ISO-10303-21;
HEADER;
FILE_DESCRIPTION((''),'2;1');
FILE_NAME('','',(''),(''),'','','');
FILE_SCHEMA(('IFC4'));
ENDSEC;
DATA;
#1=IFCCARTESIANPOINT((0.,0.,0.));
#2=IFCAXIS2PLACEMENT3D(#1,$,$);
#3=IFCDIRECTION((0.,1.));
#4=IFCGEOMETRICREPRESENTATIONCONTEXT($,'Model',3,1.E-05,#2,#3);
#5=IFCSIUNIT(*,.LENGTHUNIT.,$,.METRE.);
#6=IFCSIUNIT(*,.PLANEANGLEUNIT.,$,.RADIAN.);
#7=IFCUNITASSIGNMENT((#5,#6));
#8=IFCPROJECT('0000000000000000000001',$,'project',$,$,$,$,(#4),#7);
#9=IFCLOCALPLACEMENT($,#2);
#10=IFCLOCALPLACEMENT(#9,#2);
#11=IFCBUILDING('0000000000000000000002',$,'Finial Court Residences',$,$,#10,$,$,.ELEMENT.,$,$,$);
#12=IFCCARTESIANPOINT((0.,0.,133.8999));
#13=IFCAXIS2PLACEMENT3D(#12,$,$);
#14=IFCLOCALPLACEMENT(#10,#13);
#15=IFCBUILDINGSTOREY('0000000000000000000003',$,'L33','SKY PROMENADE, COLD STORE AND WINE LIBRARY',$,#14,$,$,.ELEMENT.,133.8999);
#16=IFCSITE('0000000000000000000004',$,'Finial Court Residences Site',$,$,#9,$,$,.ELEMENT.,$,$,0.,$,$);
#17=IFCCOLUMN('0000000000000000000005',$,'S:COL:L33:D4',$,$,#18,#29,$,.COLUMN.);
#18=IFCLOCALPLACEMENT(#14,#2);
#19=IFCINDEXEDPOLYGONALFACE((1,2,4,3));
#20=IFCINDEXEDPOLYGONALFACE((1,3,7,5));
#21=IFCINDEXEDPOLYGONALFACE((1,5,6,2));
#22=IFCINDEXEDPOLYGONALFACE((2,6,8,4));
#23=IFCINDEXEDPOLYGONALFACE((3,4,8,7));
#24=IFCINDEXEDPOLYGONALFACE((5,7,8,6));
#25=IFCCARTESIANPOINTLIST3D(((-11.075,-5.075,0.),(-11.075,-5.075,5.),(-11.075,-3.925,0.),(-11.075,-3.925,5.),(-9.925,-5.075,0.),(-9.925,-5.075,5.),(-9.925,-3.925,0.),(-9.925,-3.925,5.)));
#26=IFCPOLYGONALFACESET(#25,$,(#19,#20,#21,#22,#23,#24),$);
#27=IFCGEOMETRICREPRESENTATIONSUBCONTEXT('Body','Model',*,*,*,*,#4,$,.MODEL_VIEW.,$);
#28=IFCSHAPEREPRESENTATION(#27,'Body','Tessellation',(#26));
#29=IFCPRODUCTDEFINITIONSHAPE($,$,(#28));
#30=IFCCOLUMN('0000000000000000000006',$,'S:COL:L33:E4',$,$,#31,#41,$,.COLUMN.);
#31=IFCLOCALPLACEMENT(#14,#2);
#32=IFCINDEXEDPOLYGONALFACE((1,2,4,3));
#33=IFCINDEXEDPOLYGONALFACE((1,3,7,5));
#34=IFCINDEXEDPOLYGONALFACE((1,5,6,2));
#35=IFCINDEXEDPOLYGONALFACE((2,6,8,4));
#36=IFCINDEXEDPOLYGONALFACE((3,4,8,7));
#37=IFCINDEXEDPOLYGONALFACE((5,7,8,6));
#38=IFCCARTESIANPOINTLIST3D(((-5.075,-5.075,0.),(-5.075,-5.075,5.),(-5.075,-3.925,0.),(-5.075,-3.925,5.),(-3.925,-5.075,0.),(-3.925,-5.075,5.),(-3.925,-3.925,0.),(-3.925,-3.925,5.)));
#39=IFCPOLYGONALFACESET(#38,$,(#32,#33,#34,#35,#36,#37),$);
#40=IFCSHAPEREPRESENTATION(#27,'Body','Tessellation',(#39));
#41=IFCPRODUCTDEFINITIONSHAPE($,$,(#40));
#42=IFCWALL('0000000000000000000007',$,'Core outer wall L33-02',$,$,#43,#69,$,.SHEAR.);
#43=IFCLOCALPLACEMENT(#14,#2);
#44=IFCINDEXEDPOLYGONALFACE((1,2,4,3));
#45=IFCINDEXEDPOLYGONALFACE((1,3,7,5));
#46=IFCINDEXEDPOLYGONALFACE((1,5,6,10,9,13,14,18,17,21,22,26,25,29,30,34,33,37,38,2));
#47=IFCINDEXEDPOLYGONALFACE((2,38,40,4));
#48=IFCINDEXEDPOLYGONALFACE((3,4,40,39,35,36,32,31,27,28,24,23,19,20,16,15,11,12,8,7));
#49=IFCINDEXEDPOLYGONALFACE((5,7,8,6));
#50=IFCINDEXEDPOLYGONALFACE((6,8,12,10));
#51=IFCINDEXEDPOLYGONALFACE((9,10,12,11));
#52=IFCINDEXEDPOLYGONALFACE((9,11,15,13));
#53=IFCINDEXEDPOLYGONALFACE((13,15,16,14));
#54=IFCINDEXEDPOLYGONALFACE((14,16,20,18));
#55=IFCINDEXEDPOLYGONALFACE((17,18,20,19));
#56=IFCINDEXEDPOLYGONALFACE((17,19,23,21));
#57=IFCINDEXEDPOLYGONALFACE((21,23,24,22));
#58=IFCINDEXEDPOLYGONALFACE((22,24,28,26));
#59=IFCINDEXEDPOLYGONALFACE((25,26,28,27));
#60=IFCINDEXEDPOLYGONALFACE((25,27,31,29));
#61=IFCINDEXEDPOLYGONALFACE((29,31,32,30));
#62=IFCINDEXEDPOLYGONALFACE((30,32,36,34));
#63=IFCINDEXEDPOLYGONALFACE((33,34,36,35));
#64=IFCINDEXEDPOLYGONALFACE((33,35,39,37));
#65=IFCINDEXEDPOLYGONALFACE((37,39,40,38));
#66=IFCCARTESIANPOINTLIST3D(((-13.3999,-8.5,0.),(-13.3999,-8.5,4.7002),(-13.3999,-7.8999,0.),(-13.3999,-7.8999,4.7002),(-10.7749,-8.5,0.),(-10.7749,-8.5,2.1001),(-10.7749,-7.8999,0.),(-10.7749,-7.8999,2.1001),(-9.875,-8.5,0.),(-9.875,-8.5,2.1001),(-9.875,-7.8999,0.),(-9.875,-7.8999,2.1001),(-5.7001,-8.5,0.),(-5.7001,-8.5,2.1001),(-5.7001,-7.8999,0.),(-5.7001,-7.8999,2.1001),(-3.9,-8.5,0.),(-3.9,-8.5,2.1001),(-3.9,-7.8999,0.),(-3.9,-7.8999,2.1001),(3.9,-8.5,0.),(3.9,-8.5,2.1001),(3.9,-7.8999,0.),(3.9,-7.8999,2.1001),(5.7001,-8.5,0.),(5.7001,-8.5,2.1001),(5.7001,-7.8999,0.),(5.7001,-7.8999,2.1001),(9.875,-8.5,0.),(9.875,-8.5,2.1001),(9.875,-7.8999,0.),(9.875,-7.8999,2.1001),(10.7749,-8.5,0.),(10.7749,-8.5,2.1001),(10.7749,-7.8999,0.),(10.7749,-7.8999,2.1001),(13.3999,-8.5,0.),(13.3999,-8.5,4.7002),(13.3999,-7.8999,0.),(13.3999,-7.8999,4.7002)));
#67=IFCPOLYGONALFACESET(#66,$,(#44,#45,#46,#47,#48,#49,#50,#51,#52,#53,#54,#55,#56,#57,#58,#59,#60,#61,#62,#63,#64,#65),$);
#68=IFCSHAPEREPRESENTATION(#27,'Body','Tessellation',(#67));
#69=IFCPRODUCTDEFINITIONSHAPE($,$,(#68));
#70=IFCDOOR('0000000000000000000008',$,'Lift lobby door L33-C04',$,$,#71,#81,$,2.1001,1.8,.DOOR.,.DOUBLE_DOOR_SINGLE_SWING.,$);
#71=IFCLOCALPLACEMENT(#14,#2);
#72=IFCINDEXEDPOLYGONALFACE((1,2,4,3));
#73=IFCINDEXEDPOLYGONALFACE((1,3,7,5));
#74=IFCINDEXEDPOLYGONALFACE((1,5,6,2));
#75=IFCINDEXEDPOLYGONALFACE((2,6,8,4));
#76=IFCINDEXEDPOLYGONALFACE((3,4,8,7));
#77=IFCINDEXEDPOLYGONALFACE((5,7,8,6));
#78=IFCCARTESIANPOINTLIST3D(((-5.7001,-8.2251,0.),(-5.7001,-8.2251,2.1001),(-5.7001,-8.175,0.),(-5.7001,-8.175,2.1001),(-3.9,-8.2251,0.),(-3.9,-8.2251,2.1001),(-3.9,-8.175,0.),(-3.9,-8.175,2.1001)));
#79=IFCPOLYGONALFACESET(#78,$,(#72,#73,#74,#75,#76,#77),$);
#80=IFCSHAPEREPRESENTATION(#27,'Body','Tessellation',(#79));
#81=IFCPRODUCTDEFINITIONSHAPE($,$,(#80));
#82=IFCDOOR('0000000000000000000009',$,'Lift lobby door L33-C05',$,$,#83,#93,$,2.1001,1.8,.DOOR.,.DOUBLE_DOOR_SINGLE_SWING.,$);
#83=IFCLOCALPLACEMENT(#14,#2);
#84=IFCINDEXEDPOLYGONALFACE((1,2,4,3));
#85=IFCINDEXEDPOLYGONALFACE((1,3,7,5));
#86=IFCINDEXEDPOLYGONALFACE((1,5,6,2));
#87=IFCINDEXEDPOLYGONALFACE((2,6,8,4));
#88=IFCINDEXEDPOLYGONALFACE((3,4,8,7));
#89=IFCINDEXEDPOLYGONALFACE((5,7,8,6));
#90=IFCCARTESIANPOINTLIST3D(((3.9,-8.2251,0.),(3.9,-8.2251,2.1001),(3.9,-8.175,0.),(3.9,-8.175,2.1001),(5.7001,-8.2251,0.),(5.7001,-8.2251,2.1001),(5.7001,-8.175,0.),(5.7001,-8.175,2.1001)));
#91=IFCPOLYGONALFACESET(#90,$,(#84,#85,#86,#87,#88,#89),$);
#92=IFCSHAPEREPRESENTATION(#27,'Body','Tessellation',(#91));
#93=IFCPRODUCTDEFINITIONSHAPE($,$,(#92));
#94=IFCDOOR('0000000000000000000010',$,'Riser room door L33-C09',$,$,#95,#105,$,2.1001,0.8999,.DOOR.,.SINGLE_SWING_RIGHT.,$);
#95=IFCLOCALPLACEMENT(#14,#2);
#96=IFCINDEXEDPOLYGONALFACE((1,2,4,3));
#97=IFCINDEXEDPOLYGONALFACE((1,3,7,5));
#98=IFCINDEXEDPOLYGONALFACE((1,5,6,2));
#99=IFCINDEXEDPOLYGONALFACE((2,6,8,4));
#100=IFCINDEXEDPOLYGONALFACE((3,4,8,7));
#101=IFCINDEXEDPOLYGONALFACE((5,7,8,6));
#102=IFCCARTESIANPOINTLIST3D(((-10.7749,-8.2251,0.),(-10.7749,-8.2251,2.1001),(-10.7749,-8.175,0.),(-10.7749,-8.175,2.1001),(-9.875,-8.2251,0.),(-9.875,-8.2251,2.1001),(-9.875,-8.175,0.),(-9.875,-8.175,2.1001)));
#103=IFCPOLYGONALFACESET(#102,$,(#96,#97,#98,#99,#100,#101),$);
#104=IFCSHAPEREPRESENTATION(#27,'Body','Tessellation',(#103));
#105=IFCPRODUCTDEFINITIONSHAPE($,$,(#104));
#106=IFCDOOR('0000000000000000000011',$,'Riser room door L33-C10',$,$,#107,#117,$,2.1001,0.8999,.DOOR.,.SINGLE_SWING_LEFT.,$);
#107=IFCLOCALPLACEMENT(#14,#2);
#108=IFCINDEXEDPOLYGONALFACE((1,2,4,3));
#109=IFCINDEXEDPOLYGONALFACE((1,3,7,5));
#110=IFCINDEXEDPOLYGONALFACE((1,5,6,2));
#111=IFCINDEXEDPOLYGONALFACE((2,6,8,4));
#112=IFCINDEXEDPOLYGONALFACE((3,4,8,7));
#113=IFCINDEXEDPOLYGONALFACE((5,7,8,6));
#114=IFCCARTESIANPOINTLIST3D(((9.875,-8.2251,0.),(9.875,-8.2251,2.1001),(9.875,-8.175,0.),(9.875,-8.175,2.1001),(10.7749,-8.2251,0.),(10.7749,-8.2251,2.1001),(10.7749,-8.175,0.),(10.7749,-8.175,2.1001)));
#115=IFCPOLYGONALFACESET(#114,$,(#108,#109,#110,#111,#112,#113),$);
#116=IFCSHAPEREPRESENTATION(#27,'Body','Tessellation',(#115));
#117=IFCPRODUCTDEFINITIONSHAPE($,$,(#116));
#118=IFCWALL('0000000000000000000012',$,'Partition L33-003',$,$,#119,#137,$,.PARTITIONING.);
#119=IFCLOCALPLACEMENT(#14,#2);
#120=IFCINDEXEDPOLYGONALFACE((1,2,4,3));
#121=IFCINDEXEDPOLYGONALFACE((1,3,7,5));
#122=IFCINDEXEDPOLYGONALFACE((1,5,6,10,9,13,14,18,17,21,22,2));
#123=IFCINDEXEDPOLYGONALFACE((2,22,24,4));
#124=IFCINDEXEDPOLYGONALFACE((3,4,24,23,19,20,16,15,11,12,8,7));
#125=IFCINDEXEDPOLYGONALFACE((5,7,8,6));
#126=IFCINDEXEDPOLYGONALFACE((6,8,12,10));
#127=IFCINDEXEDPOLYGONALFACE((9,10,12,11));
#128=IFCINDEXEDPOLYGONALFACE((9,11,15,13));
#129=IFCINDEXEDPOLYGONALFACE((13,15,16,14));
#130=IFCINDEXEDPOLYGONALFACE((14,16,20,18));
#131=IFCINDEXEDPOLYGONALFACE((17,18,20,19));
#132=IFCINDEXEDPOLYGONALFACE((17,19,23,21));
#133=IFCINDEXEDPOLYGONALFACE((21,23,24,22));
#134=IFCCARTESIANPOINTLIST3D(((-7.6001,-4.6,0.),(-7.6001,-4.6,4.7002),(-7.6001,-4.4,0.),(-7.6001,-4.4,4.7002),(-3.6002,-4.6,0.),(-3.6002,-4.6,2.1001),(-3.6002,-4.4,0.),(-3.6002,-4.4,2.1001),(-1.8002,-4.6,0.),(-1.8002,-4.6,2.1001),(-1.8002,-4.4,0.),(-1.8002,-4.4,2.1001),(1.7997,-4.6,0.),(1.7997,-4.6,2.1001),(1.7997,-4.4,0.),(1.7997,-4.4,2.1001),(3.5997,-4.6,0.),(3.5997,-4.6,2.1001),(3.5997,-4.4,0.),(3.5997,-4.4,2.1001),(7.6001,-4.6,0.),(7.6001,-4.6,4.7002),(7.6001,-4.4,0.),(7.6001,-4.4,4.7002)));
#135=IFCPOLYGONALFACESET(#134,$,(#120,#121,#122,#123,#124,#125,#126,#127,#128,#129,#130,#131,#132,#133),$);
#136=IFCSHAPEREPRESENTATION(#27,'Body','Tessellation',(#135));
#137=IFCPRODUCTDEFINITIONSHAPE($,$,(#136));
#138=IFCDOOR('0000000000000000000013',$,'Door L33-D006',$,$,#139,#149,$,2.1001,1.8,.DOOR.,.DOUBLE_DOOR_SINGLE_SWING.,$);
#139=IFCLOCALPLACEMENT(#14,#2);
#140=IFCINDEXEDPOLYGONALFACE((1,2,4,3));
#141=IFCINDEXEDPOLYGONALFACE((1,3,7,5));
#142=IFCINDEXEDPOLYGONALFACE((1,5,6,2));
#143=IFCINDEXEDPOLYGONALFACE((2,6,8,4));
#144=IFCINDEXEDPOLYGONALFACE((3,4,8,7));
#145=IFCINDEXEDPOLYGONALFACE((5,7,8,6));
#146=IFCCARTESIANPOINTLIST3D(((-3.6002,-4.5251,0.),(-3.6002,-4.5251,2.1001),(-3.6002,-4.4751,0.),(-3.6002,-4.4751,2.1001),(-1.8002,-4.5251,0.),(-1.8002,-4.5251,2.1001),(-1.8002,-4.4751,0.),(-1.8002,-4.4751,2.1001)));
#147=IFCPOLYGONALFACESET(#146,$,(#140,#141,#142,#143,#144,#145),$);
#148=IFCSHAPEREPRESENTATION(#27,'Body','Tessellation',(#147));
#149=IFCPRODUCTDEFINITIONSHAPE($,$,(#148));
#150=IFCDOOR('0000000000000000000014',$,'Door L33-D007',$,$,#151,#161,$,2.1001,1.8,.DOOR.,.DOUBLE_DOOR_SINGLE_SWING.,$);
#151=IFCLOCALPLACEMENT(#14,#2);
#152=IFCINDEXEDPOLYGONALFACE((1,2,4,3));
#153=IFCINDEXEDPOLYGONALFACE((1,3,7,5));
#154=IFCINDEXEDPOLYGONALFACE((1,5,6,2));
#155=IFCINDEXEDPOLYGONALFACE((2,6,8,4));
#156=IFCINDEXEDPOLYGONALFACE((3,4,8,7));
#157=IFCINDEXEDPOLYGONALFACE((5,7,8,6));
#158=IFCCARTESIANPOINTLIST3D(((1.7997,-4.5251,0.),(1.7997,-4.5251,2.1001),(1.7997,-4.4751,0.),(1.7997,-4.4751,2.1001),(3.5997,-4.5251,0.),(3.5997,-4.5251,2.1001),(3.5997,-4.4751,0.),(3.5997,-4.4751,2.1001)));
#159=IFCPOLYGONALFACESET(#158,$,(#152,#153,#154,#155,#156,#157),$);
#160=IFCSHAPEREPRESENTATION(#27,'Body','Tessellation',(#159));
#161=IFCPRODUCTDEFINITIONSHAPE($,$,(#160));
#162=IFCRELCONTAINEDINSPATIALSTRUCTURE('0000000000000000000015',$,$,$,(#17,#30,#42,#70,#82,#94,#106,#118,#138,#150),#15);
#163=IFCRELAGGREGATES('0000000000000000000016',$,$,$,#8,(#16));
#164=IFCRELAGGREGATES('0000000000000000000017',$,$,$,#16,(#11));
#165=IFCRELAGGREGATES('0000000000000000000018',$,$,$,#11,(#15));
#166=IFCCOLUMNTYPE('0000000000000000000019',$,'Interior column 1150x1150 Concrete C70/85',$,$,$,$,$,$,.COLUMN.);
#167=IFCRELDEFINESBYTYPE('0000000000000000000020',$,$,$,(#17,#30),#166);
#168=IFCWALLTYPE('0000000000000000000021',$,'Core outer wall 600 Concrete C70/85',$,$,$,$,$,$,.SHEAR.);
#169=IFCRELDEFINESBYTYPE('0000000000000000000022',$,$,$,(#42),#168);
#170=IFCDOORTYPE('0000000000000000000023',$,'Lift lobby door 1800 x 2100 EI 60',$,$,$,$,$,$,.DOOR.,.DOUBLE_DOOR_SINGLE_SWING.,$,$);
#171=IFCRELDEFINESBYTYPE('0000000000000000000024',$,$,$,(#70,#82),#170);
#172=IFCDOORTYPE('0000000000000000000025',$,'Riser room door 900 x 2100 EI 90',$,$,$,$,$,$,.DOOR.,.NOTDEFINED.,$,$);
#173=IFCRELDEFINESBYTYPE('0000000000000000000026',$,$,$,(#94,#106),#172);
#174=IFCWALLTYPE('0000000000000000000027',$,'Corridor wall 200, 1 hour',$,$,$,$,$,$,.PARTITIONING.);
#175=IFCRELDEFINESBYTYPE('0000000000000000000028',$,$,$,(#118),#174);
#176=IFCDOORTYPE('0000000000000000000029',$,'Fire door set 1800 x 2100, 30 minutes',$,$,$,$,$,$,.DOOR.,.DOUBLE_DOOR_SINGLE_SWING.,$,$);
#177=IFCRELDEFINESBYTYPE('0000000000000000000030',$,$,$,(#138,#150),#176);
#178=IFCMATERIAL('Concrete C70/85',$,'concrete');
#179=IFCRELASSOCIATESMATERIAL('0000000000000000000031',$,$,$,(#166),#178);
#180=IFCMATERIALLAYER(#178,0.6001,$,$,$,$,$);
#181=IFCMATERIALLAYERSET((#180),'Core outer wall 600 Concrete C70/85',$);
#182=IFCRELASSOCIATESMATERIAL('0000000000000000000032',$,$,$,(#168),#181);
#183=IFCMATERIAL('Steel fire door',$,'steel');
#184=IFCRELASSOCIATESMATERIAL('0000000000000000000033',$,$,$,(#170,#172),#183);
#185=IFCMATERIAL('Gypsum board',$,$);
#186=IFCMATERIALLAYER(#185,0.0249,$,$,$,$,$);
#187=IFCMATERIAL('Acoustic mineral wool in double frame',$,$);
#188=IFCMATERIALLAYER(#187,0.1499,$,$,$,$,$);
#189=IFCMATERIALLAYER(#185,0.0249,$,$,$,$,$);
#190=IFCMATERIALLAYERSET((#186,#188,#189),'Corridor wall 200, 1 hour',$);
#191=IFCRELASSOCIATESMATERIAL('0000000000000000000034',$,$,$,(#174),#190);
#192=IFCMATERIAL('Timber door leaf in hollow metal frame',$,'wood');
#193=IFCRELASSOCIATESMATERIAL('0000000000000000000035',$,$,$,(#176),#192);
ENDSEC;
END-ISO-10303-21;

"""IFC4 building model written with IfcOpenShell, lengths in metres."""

from ifc_helpers import new_model, si_unit, direction, frame, frame_2d, origin, origin_2d, place, context, subcontext, project, spatial, rectangle, extrude, material, layer, layer_set, material_profile, profile_set, type_object, element, fill, save


model = new_model("IFC4")

# Units and contexts
model_context = context("Model", 3, precision=1e-05, world=origin(), true_north=direction((0.0, 1.0)))
body_context = subcontext(model_context, "Body", "Model", "MODEL_VIEW")
ifc_project = project(units=[si_unit("LENGTHUNIT", "METRE"), si_unit("PLANEANGLEUNIT", "RADIAN")], contexts=[model_context])

# Site, building, storey
site_placement = place(None, origin())
site = spatial("IfcSite", under=ifc_project, at=site_placement, Name="Finial Court Residences Site", CompositionType="ELEMENT", RefElevation=0.0)
building_placement = place(site_placement, origin())
building = spatial("IfcBuilding", under=site, at=building_placement, Name="Finial Court Residences", CompositionType="ELEMENT")
storey_placement = place(building_placement, frame((0.0, 0.0, 133.8999)))
storey = spatial("IfcBuildingStorey", under=building, at=storey_placement, Name="L33", Description="SKY PROMENADE, COLD STORE AND WINE LIBRARY", CompositionType="ELEMENT", Elevation=133.8999)

# Columns
ifc_material_1 = material(Name="Concrete C70/85", Category="concrete")
ifc_material_profile = material_profile(ifc_material_1, rectangle(XDim=1.1499, YDim=1.1499, at=origin_2d()), Name="1150x1150")
ifc_profile_set = profile_set([ifc_material_profile], Name="Concrete C70/85")
column_type = type_object("IfcColumnType", Name="Interior column 1150x1150 Concrete C70/85", PredefinedType="COLUMN", material=ifc_profile_set)
for number, where, z_axis, x_axis, name in (
    (1, (-10.5, -4.5, 0.0), (0.0, 0.0, 1.0), (1.0, 0.0, 0.0), "S:COL:L33:D4"),
    (2, (-4.5, -4.5, 0.0), (0.0, 0.0, 1.0), (1.0, 0.0, 0.0), "S:COL:L33:E4"),
):
    element("IfcColumn", number, at=place(storey_placement, frame(where, z_axis=z_axis, x_axis=x_axis)), inside=storey, type_object=column_type, Name=name, PredefinedType="COLUMN", context=body_context, shape_type="SweptSolid", body=[
        extrude(rectangle(XDim=1.1499, YDim=1.1499, at=origin_2d()), origin(), (0.0, 0.0, 1.0), 5.0),
    ])

# Walls, openings, doors
ifc_layer_1 = layer(ifc_material_1, 0.6001)
ifc_layer_set_1 = layer_set([ifc_layer_1], Name="Core outer wall 600 Concrete C70/85")
wall_type_1 = type_object("IfcWallType", Name="Core outer wall 600 Concrete C70/85", PredefinedType="SHEAR", material=ifc_layer_set_1)
wall_1_placement = place(storey_placement, frame((-13.3999, -8.2, 0.0), z_axis=(0.0, 0.0, 1.0), x_axis=(1.0, 0.0, 0.0)))
wall_1 = element("IfcWall", 3, at=wall_1_placement, inside=storey, type_object=wall_type_1, Name="Core outer wall L33-02", PredefinedType="SHEAR", context=body_context, shape_type="SweptSolid", body=[
    extrude(rectangle(XDim=26.7998, YDim=0.6001, at=frame_2d((13.3999, 0.0))), origin(), (0.0, 0.0, 1.0), 4.7002),
])
opening_1_placement = place(wall_1_placement, frame((7.7, 0.0, 0.0)))
opening_1 = element("IfcOpeningElement", 4, at=opening_1_placement, cuts=wall_1, PredefinedType="OPENING", context=body_context, shape_type="SweptSolid", body=[
    extrude(rectangle(XDim=1.8, YDim=2.1001, at=frame_2d((0.8999, 1.05))), frame((0.0, 0.3101, 0.0), z_axis=(0.0, -1.0, 0.0), x_axis=(1.0, 0.0, 0.0)), (0.0, 0.0, 1.0), 0.6201),
])
opening_2_placement = place(wall_1_placement, frame((17.3, 0.0, 0.0)))
opening_2 = element("IfcOpeningElement", 5, at=opening_2_placement, cuts=wall_1, PredefinedType="OPENING", context=body_context, shape_type="SweptSolid", body=[
    extrude(rectangle(XDim=1.8, YDim=2.1001, at=frame_2d((0.8999, 1.05))), frame((0.0, 0.3101, 0.0), z_axis=(0.0, -1.0, 0.0), x_axis=(1.0, 0.0, 0.0)), (0.0, 0.0, 1.0), 0.6201),
])
opening_3_placement = place(wall_1_placement, frame((2.625, 0.0, 0.0)))
opening_3 = element("IfcOpeningElement", 6, at=opening_3_placement, cuts=wall_1, PredefinedType="OPENING", context=body_context, shape_type="SweptSolid", body=[
    extrude(rectangle(XDim=0.8999, YDim=2.1001, at=frame_2d((0.45, 1.05))), frame((0.0, 0.3101, 0.0), z_axis=(0.0, -1.0, 0.0), x_axis=(1.0, 0.0, 0.0)), (0.0, 0.0, 1.0), 0.6201),
])
opening_4_placement = place(wall_1_placement, frame((23.2749, 0.0, 0.0)))
opening_4 = element("IfcOpeningElement", 7, at=opening_4_placement, cuts=wall_1, PredefinedType="OPENING", context=body_context, shape_type="SweptSolid", body=[
    extrude(rectangle(XDim=0.8999, YDim=2.1001, at=frame_2d((0.45, 1.05))), frame((0.0, 0.3101, 0.0), z_axis=(0.0, -1.0, 0.0), x_axis=(1.0, 0.0, 0.0)), (0.0, 0.0, 1.0), 0.6201),
])
ifc_material_2 = material(Name="Steel fire door", Category="steel")
door_type_1 = type_object("IfcDoorType", Name="Lift lobby door 1800 x 2100 EI 60", OperationType="DOUBLE_DOOR_SINGLE_SWING", PredefinedType="DOOR", material=ifc_material_2)
door_1_placement = place(opening_1_placement, origin())
door_1 = element("IfcDoor", 8, at=door_1_placement, inside=storey, type_object=door_type_1, Name="Lift lobby door L33-C04", OperationType="DOUBLE_DOOR_SINGLE_SWING", OverallHeight=2.1001, OverallWidth=1.8, PredefinedType="DOOR", context=body_context, shape_type="SweptSolid", body=[
    extrude(rectangle(XDim=1.8, YDim=2.1001, at=frame_2d((0.8999, 1.05))), frame((0.0, 0.0249, 0.0), z_axis=(0.0, -1.0, 0.0), x_axis=(1.0, 0.0, 0.0)), (0.0, 0.0, 1.0), 0.05),
])
fill(opening_1, door_1)
door_2_placement = place(opening_2_placement, origin())
door_2 = element("IfcDoor", 9, at=door_2_placement, inside=storey, type_object=door_type_1, Name="Lift lobby door L33-C05", OperationType="DOUBLE_DOOR_SINGLE_SWING", OverallHeight=2.1001, OverallWidth=1.8, PredefinedType="DOOR", context=body_context, shape_type="SweptSolid", body=[
    extrude(rectangle(XDim=1.8, YDim=2.1001, at=frame_2d((0.8999, 1.05))), frame((0.0, 0.0249, 0.0), z_axis=(0.0, -1.0, 0.0), x_axis=(1.0, 0.0, 0.0)), (0.0, 0.0, 1.0), 0.05),
])
fill(opening_2, door_2)
door_type_2 = type_object("IfcDoorType", Name="Riser room door 900 x 2100 EI 90", OperationType="NOTDEFINED", PredefinedType="DOOR", material=ifc_material_2)
door_3_placement = place(opening_3_placement, origin())
door_3 = element("IfcDoor", 10, at=door_3_placement, inside=storey, type_object=door_type_2, Name="Riser room door L33-C09", OperationType="SINGLE_SWING_RIGHT", OverallHeight=2.1001, OverallWidth=0.8999, PredefinedType="DOOR", context=body_context, shape_type="SweptSolid", body=[
    extrude(rectangle(XDim=0.8999, YDim=2.1001, at=frame_2d((0.45, 1.05))), frame((0.0, 0.0249, 0.0), z_axis=(0.0, -1.0, 0.0), x_axis=(1.0, 0.0, 0.0)), (0.0, 0.0, 1.0), 0.05),
])
fill(opening_3, door_3)
door_4_placement = place(opening_4_placement, origin())
door_4 = element("IfcDoor", 11, at=door_4_placement, inside=storey, type_object=door_type_2, Name="Riser room door L33-C10", OperationType="SINGLE_SWING_LEFT", OverallHeight=2.1001, OverallWidth=0.8999, PredefinedType="DOOR", context=body_context, shape_type="SweptSolid", body=[
    extrude(rectangle(XDim=0.8999, YDim=2.1001, at=frame_2d((0.45, 1.05))), frame((0.0, 0.0249, 0.0), z_axis=(0.0, -1.0, 0.0), x_axis=(1.0, 0.0, 0.0)), (0.0, 0.0, 1.0), 0.05),
])
fill(opening_4, door_4)
ifc_material_3 = material(Name="Gypsum board")
ifc_layer_2 = layer(ifc_material_3, 0.0249)
ifc_material_4 = material(Name="Acoustic mineral wool in double frame")
ifc_layer_3 = layer(ifc_material_4, 0.1499)
ifc_layer_4 = layer(ifc_material_3, 0.0249)
ifc_layer_set_2 = layer_set([ifc_layer_2, ifc_layer_3, ifc_layer_4], Name="Corridor wall 200, 1 hour")
wall_type_2 = type_object("IfcWallType", Name="Corridor wall 200, 1 hour", PredefinedType="PARTITIONING", material=ifc_layer_set_2)
wall_2_placement = place(storey_placement, frame((-7.6001, -4.5, 0.0), z_axis=(0.0, 0.0, 1.0), x_axis=(1.0, 0.0, 0.0)))
wall_2 = element("IfcWall", 12, at=wall_2_placement, inside=storey, type_object=wall_type_2, Name="Partition L33-003", PredefinedType="PARTITIONING", context=body_context, shape_type="SweptSolid", body=[
    extrude(rectangle(XDim=15.2002, YDim=0.2, at=frame_2d((7.6001, 0.0))), origin(), (0.0, 0.0, 1.0), 4.7002),
])
opening_5_placement = place(wall_2_placement, frame((4.0, 0.0, 0.0)))
opening_5 = element("IfcOpeningElement", 13, at=opening_5_placement, cuts=wall_2, PredefinedType="OPENING", context=body_context, shape_type="SweptSolid", body=[
    extrude(rectangle(XDim=1.8, YDim=2.1001, at=frame_2d((0.8999, 1.05))), frame((0.0, 0.1099, 0.0), z_axis=(0.0, -1.0, 0.0), x_axis=(1.0, 0.0, 0.0)), (0.0, 0.0, 1.0), 0.22),
])
opening_6_placement = place(wall_2_placement, frame((9.3999, 0.0, 0.0)))
opening_6 = element("IfcOpeningElement", 14, at=opening_6_placement, cuts=wall_2, PredefinedType="OPENING", context=body_context, shape_type="SweptSolid", body=[
    extrude(rectangle(XDim=1.8, YDim=2.1001, at=frame_2d((0.8999, 1.05))), frame((0.0, 0.1099, 0.0), z_axis=(0.0, -1.0, 0.0), x_axis=(1.0, 0.0, 0.0)), (0.0, 0.0, 1.0), 0.22),
])
ifc_material_5 = material(Name="Timber door leaf in hollow metal frame", Category="wood")
door_type_3 = type_object("IfcDoorType", Name="Fire door set 1800 x 2100, 30 minutes", OperationType="DOUBLE_DOOR_SINGLE_SWING", PredefinedType="DOOR", material=ifc_material_5)
door_5_placement = place(opening_5_placement, origin())
door_5 = element("IfcDoor", 15, at=door_5_placement, inside=storey, type_object=door_type_3, Name="Door L33-D006", OperationType="DOUBLE_DOOR_SINGLE_SWING", OverallHeight=2.1001, OverallWidth=1.8, PredefinedType="DOOR", context=body_context, shape_type="SweptSolid", body=[
    extrude(rectangle(XDim=1.8, YDim=2.1001, at=frame_2d((0.8999, 1.05))), frame((0.0, 0.0249, 0.0), z_axis=(0.0, -1.0, 0.0), x_axis=(1.0, 0.0, 0.0)), (0.0, 0.0, 1.0), 0.05),
])
fill(opening_5, door_5)
door_6_placement = place(opening_6_placement, origin())
door_6 = element("IfcDoor", 16, at=door_6_placement, inside=storey, type_object=door_type_3, Name="Door L33-D007", OperationType="DOUBLE_DOOR_SINGLE_SWING", OverallHeight=2.1001, OverallWidth=1.8, PredefinedType="DOOR", context=body_context, shape_type="SweptSolid", body=[
    extrude(rectangle(XDim=1.8, YDim=2.1001, at=frame_2d((0.8999, 1.05))), frame((0.0, 0.0249, 0.0), z_axis=(0.0, -1.0, 0.0), x_axis=(1.0, 0.0, 0.0)), (0.0, 0.0, 1.0), 0.05),
])
fill(opening_6, door_6)

save(model, "model.ifc")
